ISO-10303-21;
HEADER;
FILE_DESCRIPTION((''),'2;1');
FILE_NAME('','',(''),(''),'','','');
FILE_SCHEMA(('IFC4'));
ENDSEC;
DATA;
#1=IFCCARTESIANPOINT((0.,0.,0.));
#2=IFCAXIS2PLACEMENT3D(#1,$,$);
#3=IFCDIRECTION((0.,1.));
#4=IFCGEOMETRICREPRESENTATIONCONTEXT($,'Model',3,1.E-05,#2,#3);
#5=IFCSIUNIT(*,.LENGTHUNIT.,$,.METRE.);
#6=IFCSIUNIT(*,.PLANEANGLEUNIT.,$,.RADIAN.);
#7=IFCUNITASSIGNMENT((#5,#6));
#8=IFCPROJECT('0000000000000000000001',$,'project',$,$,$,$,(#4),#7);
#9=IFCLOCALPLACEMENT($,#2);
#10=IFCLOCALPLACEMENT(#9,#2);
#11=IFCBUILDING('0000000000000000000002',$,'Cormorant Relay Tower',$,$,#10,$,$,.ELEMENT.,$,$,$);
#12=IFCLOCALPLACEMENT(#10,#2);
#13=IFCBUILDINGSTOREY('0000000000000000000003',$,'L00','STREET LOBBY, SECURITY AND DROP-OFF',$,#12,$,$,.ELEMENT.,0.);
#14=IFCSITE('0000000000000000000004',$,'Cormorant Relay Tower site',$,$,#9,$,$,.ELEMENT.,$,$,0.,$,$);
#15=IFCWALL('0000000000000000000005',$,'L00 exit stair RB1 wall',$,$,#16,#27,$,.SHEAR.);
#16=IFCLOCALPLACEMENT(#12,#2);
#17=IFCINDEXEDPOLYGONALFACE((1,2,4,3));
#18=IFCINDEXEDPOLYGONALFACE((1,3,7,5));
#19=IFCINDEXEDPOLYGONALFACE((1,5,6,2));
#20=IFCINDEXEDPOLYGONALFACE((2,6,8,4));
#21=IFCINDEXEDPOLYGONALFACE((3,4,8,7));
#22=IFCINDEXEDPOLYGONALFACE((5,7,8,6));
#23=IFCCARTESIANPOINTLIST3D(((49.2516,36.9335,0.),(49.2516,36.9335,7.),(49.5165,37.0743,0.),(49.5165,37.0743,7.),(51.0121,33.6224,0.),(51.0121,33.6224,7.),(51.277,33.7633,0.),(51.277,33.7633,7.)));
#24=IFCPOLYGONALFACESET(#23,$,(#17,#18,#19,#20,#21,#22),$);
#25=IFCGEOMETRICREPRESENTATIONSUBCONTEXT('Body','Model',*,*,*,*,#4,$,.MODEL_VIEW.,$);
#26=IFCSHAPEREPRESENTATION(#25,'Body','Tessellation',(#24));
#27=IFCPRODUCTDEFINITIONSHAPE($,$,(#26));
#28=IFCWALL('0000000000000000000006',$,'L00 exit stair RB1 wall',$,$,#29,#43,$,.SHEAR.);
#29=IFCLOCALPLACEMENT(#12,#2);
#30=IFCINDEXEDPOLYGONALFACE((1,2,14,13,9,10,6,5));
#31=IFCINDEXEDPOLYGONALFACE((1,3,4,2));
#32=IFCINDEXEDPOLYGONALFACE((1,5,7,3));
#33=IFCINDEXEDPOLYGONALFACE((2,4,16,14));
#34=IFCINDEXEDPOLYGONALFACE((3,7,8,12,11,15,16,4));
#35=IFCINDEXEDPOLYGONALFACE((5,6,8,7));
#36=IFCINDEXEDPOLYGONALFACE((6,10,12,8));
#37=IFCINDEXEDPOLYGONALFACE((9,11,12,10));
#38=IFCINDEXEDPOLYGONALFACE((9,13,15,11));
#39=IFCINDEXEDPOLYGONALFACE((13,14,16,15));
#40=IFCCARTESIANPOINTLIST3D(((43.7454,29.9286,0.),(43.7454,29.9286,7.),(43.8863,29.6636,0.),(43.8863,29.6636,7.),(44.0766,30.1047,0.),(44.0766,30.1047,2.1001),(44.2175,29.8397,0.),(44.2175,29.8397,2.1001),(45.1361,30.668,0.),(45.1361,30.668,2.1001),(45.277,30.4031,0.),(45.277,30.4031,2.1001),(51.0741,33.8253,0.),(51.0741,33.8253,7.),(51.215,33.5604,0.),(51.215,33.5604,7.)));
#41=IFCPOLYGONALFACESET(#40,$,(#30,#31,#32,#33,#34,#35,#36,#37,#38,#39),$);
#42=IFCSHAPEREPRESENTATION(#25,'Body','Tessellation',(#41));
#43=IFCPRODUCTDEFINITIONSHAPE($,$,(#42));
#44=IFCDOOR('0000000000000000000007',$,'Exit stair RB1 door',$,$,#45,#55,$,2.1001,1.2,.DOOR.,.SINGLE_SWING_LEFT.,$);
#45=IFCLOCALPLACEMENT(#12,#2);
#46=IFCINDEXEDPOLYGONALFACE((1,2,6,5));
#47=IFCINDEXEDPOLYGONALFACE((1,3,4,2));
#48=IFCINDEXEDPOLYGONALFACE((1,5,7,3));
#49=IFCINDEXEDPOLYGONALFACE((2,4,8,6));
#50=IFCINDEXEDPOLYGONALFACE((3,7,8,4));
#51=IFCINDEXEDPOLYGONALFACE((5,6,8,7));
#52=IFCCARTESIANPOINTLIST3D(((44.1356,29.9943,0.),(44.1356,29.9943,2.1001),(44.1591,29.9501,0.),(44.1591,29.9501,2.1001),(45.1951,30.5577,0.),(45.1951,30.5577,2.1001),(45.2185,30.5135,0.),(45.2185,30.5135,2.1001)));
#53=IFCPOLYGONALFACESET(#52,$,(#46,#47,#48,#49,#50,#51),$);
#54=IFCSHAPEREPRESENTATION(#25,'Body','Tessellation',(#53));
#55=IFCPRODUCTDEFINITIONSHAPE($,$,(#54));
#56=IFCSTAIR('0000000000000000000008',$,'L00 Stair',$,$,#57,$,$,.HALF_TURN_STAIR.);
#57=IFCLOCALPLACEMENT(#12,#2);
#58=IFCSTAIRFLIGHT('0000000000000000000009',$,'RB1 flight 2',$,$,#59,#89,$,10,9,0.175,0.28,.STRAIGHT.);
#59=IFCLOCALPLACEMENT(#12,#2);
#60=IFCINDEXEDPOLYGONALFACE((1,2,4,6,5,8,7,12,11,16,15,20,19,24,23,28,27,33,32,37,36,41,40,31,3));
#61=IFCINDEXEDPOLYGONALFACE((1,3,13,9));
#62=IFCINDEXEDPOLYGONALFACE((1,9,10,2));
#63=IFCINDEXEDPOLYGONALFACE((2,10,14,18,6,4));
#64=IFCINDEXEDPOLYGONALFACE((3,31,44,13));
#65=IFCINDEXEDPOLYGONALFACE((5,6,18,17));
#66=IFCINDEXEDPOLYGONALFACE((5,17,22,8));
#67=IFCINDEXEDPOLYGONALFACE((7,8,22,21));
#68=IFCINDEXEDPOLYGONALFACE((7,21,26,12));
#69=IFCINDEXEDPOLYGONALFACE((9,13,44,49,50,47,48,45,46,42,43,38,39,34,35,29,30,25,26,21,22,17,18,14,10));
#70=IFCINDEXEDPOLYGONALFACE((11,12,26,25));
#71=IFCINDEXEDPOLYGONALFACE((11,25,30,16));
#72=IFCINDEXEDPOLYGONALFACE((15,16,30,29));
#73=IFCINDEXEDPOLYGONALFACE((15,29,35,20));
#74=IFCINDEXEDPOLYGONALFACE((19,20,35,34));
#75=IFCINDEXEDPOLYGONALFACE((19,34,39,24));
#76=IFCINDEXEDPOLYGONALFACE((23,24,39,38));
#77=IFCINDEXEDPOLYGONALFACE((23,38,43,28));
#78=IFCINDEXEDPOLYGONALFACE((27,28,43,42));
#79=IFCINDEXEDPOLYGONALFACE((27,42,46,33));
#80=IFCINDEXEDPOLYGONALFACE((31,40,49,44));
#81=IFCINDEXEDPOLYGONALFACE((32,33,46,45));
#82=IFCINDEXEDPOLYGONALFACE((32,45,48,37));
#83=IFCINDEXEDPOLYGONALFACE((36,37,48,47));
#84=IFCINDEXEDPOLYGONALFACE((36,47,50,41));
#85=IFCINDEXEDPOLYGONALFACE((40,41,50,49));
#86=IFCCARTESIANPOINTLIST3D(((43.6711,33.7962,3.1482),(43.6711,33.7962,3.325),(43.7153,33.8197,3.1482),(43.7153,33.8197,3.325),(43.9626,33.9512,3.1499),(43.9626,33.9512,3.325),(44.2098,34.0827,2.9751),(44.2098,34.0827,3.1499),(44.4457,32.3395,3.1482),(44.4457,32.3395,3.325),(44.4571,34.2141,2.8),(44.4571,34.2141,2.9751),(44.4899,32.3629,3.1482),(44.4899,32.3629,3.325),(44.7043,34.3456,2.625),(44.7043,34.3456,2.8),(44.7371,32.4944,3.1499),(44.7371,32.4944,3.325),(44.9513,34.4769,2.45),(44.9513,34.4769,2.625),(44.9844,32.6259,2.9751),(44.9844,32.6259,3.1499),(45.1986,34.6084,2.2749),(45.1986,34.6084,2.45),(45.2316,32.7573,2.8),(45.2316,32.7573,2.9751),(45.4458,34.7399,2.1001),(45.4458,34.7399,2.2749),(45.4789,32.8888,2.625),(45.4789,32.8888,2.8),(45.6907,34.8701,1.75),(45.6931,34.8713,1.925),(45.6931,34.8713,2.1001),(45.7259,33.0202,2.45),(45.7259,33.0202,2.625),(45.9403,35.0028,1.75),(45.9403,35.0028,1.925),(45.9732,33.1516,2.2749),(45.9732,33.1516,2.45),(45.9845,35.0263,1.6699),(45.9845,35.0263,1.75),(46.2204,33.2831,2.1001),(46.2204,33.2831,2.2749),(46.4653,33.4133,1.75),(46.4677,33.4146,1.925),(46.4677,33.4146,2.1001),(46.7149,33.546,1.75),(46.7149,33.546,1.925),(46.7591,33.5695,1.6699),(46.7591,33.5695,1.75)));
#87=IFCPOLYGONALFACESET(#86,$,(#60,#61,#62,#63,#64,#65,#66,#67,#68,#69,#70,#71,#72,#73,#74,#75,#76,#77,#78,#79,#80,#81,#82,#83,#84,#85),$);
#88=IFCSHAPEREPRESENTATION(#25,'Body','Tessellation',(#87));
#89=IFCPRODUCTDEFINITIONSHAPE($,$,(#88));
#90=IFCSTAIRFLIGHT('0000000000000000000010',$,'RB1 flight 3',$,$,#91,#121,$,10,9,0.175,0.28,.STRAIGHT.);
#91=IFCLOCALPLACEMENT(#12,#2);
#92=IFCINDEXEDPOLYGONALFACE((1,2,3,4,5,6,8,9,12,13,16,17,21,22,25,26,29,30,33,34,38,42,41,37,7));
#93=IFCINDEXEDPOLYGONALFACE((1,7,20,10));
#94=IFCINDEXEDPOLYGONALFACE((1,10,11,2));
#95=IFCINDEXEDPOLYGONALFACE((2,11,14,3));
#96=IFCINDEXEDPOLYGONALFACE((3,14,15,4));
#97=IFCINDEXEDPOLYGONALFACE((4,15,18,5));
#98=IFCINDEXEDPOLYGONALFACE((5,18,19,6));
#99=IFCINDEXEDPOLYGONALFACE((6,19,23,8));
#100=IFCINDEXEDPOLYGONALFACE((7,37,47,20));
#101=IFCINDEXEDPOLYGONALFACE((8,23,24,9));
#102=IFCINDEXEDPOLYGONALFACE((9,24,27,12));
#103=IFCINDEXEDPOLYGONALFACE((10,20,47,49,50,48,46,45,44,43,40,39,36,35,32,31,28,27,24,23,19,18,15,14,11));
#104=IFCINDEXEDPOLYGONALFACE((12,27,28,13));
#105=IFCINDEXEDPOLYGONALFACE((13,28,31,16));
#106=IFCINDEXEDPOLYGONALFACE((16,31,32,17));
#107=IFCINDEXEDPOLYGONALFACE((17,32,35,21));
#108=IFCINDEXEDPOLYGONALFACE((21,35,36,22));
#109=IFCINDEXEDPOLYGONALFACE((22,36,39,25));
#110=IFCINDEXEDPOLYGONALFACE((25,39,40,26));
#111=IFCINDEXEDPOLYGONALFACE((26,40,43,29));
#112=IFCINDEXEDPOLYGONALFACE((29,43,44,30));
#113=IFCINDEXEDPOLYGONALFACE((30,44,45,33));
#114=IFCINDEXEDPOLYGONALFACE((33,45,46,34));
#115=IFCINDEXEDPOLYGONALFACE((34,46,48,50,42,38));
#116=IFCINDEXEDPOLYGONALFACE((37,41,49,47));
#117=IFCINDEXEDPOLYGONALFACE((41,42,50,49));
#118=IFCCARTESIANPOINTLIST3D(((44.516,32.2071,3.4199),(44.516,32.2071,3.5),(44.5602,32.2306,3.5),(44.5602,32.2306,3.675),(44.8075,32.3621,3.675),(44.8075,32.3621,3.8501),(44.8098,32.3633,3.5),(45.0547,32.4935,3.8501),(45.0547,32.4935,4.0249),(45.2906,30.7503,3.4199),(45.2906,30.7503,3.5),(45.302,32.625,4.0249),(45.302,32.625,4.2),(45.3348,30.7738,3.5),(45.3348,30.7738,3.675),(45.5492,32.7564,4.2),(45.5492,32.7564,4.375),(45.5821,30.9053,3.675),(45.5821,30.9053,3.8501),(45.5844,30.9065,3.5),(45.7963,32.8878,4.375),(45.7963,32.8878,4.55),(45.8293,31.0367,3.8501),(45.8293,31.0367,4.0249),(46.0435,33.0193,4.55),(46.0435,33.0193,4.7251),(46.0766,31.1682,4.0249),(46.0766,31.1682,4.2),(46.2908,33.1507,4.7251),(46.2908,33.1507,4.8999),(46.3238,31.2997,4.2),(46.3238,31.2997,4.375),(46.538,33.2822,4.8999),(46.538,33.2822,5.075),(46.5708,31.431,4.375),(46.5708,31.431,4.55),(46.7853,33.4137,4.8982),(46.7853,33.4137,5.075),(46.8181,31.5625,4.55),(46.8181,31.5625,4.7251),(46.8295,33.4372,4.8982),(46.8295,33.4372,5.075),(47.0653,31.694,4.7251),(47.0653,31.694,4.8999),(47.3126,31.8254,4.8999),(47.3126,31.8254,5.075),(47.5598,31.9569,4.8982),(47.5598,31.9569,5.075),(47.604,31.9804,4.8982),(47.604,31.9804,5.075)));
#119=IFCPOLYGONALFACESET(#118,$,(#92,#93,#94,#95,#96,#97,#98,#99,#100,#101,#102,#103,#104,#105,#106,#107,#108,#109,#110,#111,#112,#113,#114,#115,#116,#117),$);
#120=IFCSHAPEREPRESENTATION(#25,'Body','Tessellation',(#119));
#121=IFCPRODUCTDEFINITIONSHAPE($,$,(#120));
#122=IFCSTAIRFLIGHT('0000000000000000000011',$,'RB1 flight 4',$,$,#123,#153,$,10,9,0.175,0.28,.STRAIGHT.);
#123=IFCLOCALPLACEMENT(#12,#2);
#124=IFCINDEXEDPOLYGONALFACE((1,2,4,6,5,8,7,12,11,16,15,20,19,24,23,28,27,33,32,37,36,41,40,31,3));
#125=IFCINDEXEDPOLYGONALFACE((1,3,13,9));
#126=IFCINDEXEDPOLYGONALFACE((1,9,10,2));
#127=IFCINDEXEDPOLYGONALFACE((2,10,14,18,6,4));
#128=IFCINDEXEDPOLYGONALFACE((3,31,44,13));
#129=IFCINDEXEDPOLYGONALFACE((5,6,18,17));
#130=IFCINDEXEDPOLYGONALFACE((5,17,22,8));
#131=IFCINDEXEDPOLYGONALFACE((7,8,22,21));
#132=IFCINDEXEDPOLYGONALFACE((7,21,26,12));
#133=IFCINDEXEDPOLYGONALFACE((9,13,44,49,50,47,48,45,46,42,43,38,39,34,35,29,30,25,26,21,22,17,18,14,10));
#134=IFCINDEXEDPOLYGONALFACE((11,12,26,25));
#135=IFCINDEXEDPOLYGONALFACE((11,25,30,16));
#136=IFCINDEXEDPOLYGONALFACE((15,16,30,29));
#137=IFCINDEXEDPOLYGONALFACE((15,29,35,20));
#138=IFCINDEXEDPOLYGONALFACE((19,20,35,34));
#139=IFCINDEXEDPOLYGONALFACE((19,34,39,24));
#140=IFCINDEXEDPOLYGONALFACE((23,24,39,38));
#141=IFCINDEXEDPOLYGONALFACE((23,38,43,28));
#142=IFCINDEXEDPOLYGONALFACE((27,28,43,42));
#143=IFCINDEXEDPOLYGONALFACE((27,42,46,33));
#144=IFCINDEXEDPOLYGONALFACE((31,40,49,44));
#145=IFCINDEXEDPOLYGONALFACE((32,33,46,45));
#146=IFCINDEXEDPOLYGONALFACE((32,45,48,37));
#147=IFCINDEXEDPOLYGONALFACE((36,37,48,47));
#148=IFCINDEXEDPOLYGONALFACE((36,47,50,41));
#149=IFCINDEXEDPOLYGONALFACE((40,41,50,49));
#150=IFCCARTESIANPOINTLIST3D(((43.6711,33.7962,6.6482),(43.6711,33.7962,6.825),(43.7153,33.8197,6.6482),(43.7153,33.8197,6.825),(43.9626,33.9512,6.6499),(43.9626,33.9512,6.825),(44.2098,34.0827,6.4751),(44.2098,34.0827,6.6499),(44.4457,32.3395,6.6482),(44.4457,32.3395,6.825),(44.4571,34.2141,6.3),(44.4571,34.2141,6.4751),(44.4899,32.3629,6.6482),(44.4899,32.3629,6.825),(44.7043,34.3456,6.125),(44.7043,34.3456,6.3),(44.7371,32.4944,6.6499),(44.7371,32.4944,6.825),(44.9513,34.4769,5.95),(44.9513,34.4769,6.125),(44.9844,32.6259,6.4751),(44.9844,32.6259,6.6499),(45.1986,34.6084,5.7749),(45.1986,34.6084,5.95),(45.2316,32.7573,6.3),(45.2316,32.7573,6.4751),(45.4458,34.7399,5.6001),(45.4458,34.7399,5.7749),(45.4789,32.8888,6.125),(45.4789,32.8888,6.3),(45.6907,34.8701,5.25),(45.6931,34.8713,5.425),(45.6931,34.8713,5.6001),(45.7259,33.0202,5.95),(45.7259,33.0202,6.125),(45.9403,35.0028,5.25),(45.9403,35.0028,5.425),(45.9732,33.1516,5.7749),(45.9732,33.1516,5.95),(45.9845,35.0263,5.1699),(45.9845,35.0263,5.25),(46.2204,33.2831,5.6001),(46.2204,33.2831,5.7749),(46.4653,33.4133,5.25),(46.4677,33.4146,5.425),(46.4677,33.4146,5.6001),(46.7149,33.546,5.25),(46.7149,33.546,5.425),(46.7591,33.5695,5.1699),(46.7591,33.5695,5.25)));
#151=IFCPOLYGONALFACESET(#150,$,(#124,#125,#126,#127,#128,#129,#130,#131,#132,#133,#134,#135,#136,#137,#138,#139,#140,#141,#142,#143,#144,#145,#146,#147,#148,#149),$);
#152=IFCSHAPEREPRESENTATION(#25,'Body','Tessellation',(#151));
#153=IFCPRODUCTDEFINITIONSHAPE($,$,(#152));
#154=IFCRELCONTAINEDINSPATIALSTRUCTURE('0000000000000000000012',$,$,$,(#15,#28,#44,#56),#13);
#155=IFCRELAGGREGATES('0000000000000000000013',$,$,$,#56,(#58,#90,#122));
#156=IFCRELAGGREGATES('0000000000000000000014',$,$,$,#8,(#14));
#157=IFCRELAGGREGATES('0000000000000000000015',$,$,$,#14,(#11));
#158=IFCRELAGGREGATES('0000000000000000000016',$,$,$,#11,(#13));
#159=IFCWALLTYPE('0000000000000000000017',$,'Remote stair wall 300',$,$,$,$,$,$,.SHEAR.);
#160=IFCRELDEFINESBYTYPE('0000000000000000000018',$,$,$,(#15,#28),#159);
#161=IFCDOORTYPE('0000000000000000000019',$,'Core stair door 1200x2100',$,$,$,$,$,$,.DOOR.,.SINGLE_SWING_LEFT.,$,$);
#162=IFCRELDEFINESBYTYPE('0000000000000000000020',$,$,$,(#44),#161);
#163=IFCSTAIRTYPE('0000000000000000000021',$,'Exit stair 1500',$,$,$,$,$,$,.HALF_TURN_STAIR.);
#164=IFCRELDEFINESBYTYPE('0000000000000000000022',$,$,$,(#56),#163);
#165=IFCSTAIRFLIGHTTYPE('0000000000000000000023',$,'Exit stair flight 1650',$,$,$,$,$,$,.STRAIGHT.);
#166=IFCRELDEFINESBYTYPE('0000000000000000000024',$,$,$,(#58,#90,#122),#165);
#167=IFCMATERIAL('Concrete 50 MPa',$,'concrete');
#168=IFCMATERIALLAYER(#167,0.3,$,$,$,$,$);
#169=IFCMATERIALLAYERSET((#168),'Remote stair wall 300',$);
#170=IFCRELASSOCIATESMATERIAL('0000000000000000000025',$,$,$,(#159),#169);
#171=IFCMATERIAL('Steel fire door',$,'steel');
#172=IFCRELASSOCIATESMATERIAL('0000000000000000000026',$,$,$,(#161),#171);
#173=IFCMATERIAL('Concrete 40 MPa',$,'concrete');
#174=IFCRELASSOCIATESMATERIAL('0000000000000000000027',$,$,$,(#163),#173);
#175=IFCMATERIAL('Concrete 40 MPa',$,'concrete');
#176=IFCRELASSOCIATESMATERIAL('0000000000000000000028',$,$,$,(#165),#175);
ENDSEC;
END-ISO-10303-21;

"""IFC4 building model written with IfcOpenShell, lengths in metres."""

from ifc_helpers import new_model, si_unit, direction, frame, frame_2d, origin, place, context, subcontext, project, spatial, polyline, rectangle, outline, extrude, material, layer, layer_set, type_object, element, fill, aggregate, save


model = new_model("IFC4")

# Units and contexts
model_context = context("Model", 3, precision=1e-05, world=origin(), true_north=direction((0.0, 1.0)))
body_context = subcontext(model_context, "Body", "Model", "MODEL_VIEW")
ifc_project = project(units=[si_unit("LENGTHUNIT", "METRE"), si_unit("PLANEANGLEUNIT", "RADIAN")], contexts=[model_context])

# Site, building, storey
site_placement = place(None, origin())
site = spatial("IfcSite", under=ifc_project, at=site_placement, Name="Cormorant Relay Tower site", CompositionType="ELEMENT", RefElevation=0.0)
building_placement = place(site_placement, origin())
building = spatial("IfcBuilding", under=site, at=building_placement, Name="Cormorant Relay Tower", CompositionType="ELEMENT")
storey_placement = place(building_placement, origin())
storey = spatial("IfcBuildingStorey", under=building, at=storey_placement, Name="L00", Description="STREET LOBBY, SECURITY AND DROP-OFF", CompositionType="ELEMENT", Elevation=0.0)

# Wall
ifc_material_1 = material(Name="Concrete 50 MPa", Category="concrete")
ifc_layer_1 = layer(ifc_material_1, 0.3)
ifc_layer_set_1 = layer_set([ifc_layer_1], Name="Remote stair wall 300")
wall_type_1 = type_object("IfcWallType", Name="Remote stair wall 300", PredefinedType="SHEAR", material=ifc_layer_set_1)
wall_1_placement = place(storey_placement, frame((49.384, 37.0039, 0.0), z_axis=(0.0, 0.0, 1.0), x_axis=(0.469469, -0.882949, 0.0)))
element("IfcWall", 1, at=wall_1_placement, inside=storey, type_object=wall_type_1, Name="L00 exit stair RB1 wall", PredefinedType="SHEAR", context=body_context, shape_type="SweptSolid", body=[
    extrude(rectangle(XDim=3.75, YDim=0.3, at=frame_2d((1.875, 0.0))), origin(), (0.0, 0.0, 1.0), 7.0),
])

# Wall, opening, door
wall_2_placement = place(storey_placement, frame((51.1445, 33.6929, 0.0), z_axis=(0.0, 0.0, 1.0), x_axis=(-0.882946, -0.469475, 0.0)))
wall_2 = element("IfcWall", 2, at=wall_2_placement, inside=storey, type_object=wall_type_1, Name="L00 exit stair RB1 wall", PredefinedType="SHEAR", context=body_context, shape_type="SweptSolid", body=[
    extrude(rectangle(XDim=8.3003, YDim=0.3, at=frame_2d((4.1501, 0.0))), origin(), (0.0, 0.0, 1.0), 7.0),
])
opening_1_placement = place(wall_2_placement, frame((6.7251, 0.0, 0.0)))
opening_1 = element("IfcOpeningElement", 3, at=opening_1_placement, cuts=wall_2, PredefinedType="OPENING", context=body_context, shape_type="SweptSolid", body=[
    extrude(rectangle(XDim=1.2, YDim=2.1001, at=frame_2d((0.6001, 1.05))), frame((0.0, 0.1599, 0.0), z_axis=(0.0, -1.0, 0.0), x_axis=(1.0, 0.0, 0.0)), (0.0, 0.0, 1.0), 0.3201),
])
ifc_material_2 = material(Name="Steel fire door", Category="steel")
door_type_1 = type_object("IfcDoorType", Name="Core stair door 1200x2100", OperationType="SINGLE_SWING_LEFT", PredefinedType="DOOR", material=ifc_material_2)
door_1_placement = place(opening_1_placement, frame((1.2, 0.0, 0.0), z_axis=(0.0, 0.0, 1.0), x_axis=(-1.0, 0.0, 0.0)))
door_1 = element("IfcDoor", 4, at=door_1_placement, inside=storey, type_object=door_type_1, Name="Exit stair RB1 door", OperationType="SINGLE_SWING_LEFT", OverallHeight=2.1001, OverallWidth=1.2, PredefinedType="DOOR", context=body_context, shape_type="SweptSolid", body=[
    extrude(rectangle(XDim=1.2, YDim=2.1001, at=frame_2d((0.6001, 1.05))), frame((0.0, 0.0249, 0.0), z_axis=(0.0, -1.0, 0.0), x_axis=(1.0, 0.0, 0.0)), (0.0, 0.0, 1.0), 0.05),
])
fill(opening_1, door_1)

# Stair, stair flights
ifc_material_3 = material(Name="Concrete 40 MPa", Category="concrete")
stair_type = type_object("IfcStairType", Name="Exit stair 1500", PredefinedType="HALF_TURN_STAIR", material=ifc_material_3)
stair_placement = place(storey_placement, origin())
stair = element("IfcStair", 5, at=stair_placement, inside=storey, type_object=stair_type, Name="L00 Stair", PredefinedType="HALF_TURN_STAIR")
ifc_material_4 = material(Name="Concrete 40 MPa", Category="concrete")
stair_flight_type = type_object("IfcStairFlightType", Name="Exit stair flight 1650", PredefinedType="STRAIGHT", material=ifc_material_4)
stair_flight_1_placement = place(storey_placement, frame((46.3276, 34.2744, 1.75), z_axis=(0.0, 0.0, 1.0), x_axis=(-0.882948, -0.469472, 0.0)))
stair_flight_1 = element("IfcStairFlight", 6, at=stair_flight_1_placement, type_object=stair_flight_type, Name="RB1 flight 2", NumberOfRisers=10, NumberOfTreads=9, PredefinedType="STRAIGHT", RiserHeight=0.175, TreadLength=0.28, context=body_context, shape_type="SweptSolid", body=[
    extrude(outline(polyline([(-0.05, -0.0801), (-0.05, 0.0), (0.0, 0.0), (0.0, 0.175), (0.28, 0.175), (0.28, 0.3501), (0.5601, 0.3501), (0.5601, 0.5249), (0.8401, 0.5249), (0.8401, 0.7), (1.1201, 0.7), (1.1201, 0.875), (1.3999, 0.875), (1.3999, 1.05), (1.6799, 1.05), (1.6799, 1.2251), (1.96, 1.2251), (1.96, 1.3999), (2.24, 1.3999), (2.24, 1.575), (2.52, 1.575), (2.5701, 1.575), (2.5701, 1.3982), (2.52, 1.3982), (0.2827, 0.0), (-0.05, -0.0801)])), frame((0.0, 0.825, 0.0), z_axis=(0.0, -1.0, 0.0), x_axis=(1.0, 0.0, 0.0)), (0.0, 0.0, 1.0), 1.6499),
])
stair_flight_2_placement = place(storey_placement, frame((44.9475, 31.5022, 3.5), z_axis=(0.0, 0.0, 1.0), x_axis=(0.882948, 0.469472, 0.0)))
stair_flight_2 = element("IfcStairFlight", 7, at=stair_flight_2_placement, type_object=stair_flight_type, Name="RB1 flight 3", NumberOfRisers=10, NumberOfTreads=9, PredefinedType="STRAIGHT", RiserHeight=0.175, TreadLength=0.28, context=body_context, shape_type="SweptSolid", body=[
    extrude(outline(polyline([(-0.05, -0.0801), (-0.05, 0.0), (0.0, 0.0), (0.0, 0.175), (0.28, 0.175), (0.28, 0.3501), (0.5601, 0.3501), (0.5601, 0.5249), (0.8401, 0.5249), (0.8401, 0.7), (1.1201, 0.7), (1.1201, 0.875), (1.3999, 0.875), (1.3999, 1.05), (1.6799, 1.05), (1.6799, 1.2251), (1.96, 1.2251), (1.96, 1.3999), (2.24, 1.3999), (2.24, 1.575), (2.52, 1.575), (2.5701, 1.575), (2.5701, 1.3982), (2.52, 1.3982), (0.2827, 0.0), (-0.05, -0.0801)])), frame((0.0, 0.825, 0.0), z_axis=(0.0, -1.0, 0.0), x_axis=(1.0, 0.0, 0.0)), (0.0, 0.0, 1.0), 1.6499),
])
stair_flight_3_placement = place(storey_placement, frame((46.3276, 34.2744, 5.25), z_axis=(0.0, 0.0, 1.0), x_axis=(-0.882948, -0.469472, 0.0)))
stair_flight_3 = element("IfcStairFlight", 8, at=stair_flight_3_placement, type_object=stair_flight_type, Name="RB1 flight 4", NumberOfRisers=10, NumberOfTreads=9, PredefinedType="STRAIGHT", RiserHeight=0.175, TreadLength=0.28, context=body_context, shape_type="SweptSolid", body=[
    extrude(outline(polyline([(-0.05, -0.0801), (-0.05, 0.0), (0.0, 0.0), (0.0, 0.175), (0.28, 0.175), (0.28, 0.3501), (0.5601, 0.3501), (0.5601, 0.5249), (0.8401, 0.5249), (0.8401, 0.7), (1.1201, 0.7), (1.1201, 0.875), (1.3999, 0.875), (1.3999, 1.05), (1.6799, 1.05), (1.6799, 1.2251), (1.96, 1.2251), (1.96, 1.3999), (2.24, 1.3999), (2.24, 1.575), (2.52, 1.575), (2.5701, 1.575), (2.5701, 1.3982), (2.52, 1.3982), (0.2827, 0.0), (-0.05, -0.0801)])), frame((0.0, 0.825, 0.0), z_axis=(0.0, -1.0, 0.0), x_axis=(1.0, 0.0, 0.0)), (0.0, 0.0, 1.0), 1.6499),
])
aggregate(stair, [stair_flight_1, stair_flight_2, stair_flight_3])

save(model, "model.ifc")
